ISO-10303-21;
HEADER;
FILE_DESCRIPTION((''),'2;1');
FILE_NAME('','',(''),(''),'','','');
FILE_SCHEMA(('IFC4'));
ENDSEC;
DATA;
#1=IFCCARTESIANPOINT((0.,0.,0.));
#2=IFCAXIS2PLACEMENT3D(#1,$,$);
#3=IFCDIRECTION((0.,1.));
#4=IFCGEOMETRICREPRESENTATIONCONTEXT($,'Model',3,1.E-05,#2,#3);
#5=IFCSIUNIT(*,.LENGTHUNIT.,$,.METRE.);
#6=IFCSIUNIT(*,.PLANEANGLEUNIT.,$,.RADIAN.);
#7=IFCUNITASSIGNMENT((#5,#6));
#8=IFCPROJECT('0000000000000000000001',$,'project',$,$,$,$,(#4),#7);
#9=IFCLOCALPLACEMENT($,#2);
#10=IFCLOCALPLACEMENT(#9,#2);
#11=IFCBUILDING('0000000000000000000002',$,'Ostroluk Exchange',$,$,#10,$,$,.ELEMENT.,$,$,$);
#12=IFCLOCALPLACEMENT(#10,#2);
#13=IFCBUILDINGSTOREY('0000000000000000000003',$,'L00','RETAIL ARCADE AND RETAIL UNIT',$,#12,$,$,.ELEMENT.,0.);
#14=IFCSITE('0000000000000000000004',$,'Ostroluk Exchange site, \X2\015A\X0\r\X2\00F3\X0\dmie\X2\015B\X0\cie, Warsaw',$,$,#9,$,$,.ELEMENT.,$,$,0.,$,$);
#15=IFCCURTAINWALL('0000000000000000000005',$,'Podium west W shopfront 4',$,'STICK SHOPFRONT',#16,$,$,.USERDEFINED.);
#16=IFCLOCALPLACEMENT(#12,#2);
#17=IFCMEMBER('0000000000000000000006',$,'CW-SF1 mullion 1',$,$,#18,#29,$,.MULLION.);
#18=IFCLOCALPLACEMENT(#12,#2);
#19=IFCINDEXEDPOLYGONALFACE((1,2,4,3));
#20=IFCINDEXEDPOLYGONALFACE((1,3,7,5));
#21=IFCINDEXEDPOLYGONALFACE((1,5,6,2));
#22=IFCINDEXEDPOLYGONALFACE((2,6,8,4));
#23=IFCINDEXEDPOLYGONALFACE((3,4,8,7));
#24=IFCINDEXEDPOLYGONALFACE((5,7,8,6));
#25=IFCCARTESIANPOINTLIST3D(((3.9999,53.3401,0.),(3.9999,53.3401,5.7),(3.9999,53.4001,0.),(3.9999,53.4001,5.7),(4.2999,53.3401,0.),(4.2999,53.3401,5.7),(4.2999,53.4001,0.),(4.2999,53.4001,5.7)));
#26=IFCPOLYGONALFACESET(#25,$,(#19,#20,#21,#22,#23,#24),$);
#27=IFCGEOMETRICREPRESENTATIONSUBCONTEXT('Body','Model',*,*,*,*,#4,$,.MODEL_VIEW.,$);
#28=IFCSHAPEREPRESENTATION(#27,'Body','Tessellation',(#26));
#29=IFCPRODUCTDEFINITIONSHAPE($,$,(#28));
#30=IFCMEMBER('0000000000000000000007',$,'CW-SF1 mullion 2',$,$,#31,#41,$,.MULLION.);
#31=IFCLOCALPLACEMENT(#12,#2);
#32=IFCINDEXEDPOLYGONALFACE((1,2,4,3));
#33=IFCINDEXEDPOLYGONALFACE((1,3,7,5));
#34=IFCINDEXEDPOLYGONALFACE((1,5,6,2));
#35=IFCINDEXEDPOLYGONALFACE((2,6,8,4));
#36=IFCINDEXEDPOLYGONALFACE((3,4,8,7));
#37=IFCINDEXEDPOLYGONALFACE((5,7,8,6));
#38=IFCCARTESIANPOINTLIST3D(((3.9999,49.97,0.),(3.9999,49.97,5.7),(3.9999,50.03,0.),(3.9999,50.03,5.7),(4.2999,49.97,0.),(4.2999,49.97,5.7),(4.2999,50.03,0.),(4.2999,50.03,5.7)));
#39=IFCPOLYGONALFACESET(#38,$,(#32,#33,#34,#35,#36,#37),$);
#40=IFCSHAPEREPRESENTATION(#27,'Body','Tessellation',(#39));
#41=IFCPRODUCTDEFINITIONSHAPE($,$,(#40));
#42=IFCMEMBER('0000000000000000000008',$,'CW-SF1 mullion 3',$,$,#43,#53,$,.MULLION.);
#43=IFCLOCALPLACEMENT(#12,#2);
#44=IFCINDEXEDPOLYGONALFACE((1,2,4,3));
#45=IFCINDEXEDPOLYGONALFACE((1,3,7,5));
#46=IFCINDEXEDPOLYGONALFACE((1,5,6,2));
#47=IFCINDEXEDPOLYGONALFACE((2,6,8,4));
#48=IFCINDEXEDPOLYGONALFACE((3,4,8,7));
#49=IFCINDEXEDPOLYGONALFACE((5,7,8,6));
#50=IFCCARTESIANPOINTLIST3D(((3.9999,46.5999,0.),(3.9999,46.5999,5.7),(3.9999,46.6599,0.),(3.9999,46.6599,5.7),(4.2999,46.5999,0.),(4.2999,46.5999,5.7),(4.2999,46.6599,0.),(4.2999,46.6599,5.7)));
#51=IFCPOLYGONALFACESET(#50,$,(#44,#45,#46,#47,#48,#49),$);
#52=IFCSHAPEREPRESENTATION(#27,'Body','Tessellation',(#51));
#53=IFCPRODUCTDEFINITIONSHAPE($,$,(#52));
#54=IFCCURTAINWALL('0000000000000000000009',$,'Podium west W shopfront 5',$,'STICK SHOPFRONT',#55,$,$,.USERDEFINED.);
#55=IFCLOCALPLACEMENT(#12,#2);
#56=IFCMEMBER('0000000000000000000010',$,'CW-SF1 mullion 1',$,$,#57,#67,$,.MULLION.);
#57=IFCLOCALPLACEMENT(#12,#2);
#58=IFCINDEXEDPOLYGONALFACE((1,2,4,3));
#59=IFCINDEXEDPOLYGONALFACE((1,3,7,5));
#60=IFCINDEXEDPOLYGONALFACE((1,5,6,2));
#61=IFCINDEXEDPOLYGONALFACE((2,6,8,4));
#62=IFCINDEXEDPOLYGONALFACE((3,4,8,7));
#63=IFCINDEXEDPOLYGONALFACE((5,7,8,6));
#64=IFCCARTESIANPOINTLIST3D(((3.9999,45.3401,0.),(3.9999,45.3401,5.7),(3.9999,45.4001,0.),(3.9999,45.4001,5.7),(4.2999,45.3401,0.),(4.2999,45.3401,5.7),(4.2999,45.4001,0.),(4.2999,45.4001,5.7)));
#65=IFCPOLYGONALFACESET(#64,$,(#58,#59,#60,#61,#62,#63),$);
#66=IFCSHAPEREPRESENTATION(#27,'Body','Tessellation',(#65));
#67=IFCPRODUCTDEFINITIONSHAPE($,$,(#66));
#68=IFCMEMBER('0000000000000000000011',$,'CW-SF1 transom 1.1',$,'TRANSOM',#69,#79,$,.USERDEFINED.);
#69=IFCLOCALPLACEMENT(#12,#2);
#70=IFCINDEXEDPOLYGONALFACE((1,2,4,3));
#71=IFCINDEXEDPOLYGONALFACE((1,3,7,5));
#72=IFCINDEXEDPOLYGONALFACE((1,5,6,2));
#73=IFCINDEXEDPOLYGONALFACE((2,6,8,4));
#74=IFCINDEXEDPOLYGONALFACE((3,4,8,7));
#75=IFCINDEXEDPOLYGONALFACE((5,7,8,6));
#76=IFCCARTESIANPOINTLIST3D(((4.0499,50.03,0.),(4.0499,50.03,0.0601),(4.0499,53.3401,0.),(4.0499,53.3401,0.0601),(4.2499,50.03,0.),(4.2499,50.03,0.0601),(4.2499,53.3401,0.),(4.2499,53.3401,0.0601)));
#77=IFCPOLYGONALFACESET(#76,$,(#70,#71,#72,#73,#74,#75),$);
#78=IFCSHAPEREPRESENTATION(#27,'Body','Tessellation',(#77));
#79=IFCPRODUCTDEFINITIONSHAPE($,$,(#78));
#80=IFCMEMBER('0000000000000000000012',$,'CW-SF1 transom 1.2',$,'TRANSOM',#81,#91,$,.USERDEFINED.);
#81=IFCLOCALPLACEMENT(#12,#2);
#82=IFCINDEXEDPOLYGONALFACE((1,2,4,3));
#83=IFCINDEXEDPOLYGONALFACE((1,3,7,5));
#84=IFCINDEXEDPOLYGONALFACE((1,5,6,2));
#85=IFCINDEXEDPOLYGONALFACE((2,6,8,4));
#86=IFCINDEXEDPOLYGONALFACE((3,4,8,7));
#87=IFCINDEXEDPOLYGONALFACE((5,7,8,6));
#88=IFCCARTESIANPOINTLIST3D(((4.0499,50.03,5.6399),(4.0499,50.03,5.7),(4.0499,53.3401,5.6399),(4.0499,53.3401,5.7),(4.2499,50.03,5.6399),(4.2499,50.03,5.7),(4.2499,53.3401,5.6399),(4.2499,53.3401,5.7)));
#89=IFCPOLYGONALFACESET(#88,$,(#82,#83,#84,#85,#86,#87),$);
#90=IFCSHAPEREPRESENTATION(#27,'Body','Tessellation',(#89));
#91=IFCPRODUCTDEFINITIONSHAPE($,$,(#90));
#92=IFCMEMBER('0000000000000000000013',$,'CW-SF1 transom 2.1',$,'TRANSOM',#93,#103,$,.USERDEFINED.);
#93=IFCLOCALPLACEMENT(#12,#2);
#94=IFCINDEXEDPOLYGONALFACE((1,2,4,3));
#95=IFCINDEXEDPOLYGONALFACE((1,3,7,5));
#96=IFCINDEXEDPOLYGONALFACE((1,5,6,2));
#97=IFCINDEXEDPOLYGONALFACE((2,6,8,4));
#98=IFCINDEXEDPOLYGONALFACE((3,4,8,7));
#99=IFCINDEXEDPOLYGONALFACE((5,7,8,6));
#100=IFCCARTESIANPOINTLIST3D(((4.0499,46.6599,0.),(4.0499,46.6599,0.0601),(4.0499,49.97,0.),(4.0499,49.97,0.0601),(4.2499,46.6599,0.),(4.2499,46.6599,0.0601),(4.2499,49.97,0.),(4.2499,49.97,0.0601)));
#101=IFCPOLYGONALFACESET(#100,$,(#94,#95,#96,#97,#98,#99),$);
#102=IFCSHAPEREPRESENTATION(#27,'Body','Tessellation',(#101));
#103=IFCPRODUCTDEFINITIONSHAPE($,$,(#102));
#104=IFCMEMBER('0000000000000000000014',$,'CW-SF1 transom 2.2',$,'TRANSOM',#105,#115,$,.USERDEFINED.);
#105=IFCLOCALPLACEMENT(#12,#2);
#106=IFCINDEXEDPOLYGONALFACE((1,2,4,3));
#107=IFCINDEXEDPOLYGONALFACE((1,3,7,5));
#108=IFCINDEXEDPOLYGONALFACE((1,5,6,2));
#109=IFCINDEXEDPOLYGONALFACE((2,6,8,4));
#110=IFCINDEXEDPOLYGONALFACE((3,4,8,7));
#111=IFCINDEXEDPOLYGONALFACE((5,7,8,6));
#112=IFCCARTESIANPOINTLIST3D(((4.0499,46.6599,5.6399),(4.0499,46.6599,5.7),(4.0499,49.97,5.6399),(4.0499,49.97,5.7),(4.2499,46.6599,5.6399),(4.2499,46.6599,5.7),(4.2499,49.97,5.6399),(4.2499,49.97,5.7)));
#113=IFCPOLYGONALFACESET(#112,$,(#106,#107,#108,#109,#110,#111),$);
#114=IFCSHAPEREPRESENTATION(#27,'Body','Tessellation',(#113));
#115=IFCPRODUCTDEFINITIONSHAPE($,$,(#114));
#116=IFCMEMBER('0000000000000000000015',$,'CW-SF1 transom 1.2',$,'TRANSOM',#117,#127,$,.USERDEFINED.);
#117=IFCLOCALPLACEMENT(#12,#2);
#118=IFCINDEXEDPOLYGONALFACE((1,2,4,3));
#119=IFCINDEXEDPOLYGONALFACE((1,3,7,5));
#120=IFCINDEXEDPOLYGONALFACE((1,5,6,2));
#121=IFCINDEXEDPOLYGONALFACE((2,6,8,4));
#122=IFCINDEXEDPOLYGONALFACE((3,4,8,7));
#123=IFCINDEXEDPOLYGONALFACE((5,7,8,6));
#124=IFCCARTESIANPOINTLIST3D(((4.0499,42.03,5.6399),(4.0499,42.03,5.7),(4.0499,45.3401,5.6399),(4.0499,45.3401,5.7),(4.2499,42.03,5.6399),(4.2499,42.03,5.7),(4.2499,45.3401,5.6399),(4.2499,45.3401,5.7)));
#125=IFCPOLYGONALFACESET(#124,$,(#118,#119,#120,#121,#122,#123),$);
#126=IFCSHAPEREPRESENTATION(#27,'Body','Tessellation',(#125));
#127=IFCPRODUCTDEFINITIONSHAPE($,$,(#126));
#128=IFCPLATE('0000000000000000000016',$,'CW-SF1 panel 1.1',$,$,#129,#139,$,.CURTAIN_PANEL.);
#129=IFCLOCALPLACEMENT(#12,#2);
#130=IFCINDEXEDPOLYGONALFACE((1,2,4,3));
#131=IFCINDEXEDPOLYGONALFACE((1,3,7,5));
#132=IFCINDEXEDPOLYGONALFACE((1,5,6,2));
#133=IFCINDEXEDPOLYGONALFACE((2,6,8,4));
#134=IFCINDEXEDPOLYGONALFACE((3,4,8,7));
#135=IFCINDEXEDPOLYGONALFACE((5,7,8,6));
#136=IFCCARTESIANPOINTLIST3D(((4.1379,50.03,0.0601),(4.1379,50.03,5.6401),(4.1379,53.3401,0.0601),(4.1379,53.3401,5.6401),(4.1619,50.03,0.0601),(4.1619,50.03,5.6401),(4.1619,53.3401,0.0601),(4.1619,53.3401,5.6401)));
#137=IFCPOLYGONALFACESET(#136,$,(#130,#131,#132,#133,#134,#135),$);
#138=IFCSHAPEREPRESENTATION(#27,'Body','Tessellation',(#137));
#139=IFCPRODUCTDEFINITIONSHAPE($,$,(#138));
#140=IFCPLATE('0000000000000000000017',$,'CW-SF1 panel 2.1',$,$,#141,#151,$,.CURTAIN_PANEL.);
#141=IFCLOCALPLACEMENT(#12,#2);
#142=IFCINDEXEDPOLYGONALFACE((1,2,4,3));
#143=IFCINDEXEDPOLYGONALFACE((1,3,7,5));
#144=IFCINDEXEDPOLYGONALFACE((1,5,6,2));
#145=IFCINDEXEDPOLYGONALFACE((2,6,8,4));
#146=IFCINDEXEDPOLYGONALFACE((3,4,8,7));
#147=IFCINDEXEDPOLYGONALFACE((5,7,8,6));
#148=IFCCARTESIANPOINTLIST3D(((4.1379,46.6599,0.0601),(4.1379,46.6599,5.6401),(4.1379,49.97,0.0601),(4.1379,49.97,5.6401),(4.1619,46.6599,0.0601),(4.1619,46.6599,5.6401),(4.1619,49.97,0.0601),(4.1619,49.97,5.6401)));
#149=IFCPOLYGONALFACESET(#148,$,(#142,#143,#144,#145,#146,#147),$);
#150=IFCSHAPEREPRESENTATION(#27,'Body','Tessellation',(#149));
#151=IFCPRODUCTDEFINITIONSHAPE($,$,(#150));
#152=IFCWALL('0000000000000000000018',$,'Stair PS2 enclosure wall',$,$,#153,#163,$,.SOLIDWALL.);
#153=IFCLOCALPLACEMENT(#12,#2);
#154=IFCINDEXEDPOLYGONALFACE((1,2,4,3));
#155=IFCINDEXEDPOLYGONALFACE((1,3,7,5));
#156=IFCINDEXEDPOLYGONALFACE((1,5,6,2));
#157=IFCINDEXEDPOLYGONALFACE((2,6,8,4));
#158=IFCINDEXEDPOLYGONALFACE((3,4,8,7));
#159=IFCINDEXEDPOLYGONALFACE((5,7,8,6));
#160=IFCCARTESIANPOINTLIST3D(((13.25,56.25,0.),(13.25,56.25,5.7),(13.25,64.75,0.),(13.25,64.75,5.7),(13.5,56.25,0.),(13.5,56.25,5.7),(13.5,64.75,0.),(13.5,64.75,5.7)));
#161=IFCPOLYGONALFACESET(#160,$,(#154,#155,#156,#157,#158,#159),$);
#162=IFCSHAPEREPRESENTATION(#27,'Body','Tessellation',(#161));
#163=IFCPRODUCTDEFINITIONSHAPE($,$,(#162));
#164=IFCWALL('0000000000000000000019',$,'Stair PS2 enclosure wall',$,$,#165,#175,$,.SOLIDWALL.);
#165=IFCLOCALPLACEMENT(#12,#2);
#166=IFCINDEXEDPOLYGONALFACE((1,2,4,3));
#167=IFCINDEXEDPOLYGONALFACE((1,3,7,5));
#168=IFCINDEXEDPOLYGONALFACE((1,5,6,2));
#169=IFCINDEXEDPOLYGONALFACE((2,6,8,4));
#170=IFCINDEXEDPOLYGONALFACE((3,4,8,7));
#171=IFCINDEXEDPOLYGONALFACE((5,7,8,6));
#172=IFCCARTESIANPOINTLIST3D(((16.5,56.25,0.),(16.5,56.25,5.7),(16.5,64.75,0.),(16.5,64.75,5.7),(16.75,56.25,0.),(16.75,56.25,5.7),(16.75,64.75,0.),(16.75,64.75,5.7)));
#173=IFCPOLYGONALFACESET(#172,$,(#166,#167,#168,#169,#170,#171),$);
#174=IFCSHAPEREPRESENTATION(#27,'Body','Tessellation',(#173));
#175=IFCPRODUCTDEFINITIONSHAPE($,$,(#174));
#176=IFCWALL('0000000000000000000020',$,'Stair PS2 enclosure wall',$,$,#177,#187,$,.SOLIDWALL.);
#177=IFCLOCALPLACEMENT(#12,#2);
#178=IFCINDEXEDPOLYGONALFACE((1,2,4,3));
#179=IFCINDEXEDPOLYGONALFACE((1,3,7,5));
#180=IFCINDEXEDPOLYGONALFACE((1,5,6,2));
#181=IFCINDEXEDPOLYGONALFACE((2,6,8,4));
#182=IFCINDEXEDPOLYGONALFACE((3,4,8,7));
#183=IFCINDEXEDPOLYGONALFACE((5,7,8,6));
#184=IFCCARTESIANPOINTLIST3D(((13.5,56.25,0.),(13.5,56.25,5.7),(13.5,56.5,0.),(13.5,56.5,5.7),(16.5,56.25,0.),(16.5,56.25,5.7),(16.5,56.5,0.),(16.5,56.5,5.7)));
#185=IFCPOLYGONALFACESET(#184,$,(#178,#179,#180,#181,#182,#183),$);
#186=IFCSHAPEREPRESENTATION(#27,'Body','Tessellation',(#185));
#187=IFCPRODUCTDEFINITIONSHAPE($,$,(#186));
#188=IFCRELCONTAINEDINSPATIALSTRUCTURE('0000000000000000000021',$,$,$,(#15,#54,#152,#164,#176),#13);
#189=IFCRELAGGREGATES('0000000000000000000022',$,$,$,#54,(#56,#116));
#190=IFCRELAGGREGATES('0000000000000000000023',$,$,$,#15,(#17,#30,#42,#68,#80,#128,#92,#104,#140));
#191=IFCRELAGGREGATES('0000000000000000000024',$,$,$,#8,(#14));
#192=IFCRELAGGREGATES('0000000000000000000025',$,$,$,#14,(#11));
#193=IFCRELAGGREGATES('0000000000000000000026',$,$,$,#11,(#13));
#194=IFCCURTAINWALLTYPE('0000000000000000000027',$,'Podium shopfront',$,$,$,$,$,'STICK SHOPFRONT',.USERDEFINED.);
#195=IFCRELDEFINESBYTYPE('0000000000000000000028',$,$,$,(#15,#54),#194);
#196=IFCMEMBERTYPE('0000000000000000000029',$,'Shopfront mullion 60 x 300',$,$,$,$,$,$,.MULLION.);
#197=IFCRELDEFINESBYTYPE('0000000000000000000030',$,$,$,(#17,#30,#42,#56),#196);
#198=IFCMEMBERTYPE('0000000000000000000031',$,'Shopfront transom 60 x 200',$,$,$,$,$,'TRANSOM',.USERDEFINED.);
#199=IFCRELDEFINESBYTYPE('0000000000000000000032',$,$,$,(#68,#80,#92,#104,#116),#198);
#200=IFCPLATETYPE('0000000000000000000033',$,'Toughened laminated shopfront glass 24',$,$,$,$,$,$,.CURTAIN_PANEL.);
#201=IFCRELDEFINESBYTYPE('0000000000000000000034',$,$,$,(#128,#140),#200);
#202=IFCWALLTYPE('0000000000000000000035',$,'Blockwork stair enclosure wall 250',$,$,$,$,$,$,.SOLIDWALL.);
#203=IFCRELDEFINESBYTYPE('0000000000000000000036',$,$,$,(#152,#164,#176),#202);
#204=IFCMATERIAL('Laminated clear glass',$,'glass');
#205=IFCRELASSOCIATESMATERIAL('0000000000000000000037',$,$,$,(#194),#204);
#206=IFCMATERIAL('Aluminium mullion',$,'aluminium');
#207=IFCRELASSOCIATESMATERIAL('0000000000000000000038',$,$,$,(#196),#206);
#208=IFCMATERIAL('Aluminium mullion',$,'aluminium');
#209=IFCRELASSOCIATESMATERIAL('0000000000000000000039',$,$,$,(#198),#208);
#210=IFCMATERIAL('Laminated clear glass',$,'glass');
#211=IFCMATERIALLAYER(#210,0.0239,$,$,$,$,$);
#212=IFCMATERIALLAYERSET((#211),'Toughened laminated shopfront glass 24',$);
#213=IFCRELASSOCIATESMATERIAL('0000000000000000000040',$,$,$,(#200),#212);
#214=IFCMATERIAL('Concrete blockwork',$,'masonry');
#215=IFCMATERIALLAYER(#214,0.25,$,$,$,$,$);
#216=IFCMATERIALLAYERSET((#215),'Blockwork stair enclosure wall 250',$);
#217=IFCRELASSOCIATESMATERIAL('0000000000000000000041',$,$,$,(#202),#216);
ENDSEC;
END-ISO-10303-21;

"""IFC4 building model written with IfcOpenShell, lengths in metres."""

from ifc_helpers import new_model, si_unit, direction, frame, frame_2d, origin, origin_2d, place, context, subcontext, project, spatial, rectangle, extrude, material, layer, layer_set, material_profile, profile_set, type_object, element, aggregate, save


model = new_model("IFC4")

# Units and contexts
model_context = context("Model", 3, precision=1e-05, world=origin(), true_north=direction((0.0, 1.0)))
body_context = subcontext(model_context, "Body", "Model", "MODEL_VIEW")
ifc_project = project(units=[si_unit("LENGTHUNIT", "METRE"), si_unit("PLANEANGLEUNIT", "RADIAN")], contexts=[model_context])

# Site, building, storey
site_placement = place(None, origin())
site = spatial("IfcSite", under=ifc_project, at=site_placement, Name="Ostroluk Exchange site, Śródmieście, Warsaw", CompositionType="ELEMENT", RefElevation=0.0)
building_placement = place(site_placement, origin())
building = spatial("IfcBuilding", under=site, at=building_placement, Name="Ostroluk Exchange", CompositionType="ELEMENT")
storey_placement = place(building_placement, origin())
storey = spatial("IfcBuildingStorey", under=building, at=storey_placement, Name="L00", Description="RETAIL ARCADE AND RETAIL UNIT", CompositionType="ELEMENT", Elevation=0.0)

# Curtain wall, members
ifc_material_1 = material(Name="Laminated clear glass", Category="glass")
curtain_wall_type = type_object("IfcCurtainWallType", Name="Podium shopfront", ElementType="STICK SHOPFRONT", PredefinedType="USERDEFINED", material=ifc_material_1)
curtain_wall_1_placement = place(storey_placement, origin())
curtain_wall_1 = element("IfcCurtainWall", 1, at=curtain_wall_1_placement, inside=storey, type_object=curtain_wall_type, Name="Podium west W shopfront 4", ObjectType="STICK SHOPFRONT", PredefinedType="USERDEFINED")
ifc_material_2 = material(Name="Aluminium mullion", Category="aluminium")
ifc_material_profile_1 = material_profile(ifc_material_2, rectangle(XDim=0.3, YDim=0.0601, at=origin_2d()), Name="Shopfront mullion 60 x 300")
ifc_profile_set_1 = profile_set([ifc_material_profile_1], Name="Aluminium mullion")
member_type_1 = type_object("IfcMemberType", Name="Shopfront mullion 60 x 300", PredefinedType="MULLION", material=ifc_profile_set_1)
member_1_placement = place(storey_placement, frame((4.1499, 53.3701, 0.0), z_axis=(0.0, 0.0, 1.0), x_axis=(1.0, 0.0, 0.0)))
member_1 = element("IfcMember", 2, at=member_1_placement, type_object=member_type_1, Name="CW-SF1 mullion 1", PredefinedType="MULLION", context=body_context, shape_type="SweptSolid", body=[
    extrude(rectangle(XDim=0.3, YDim=0.0601, at=origin_2d()), origin(), (0.0, 0.0, 1.0), 5.7),
])
member_2_placement = place(storey_placement, frame((4.1499, 50.0, 0.0), z_axis=(0.0, 0.0, 1.0), x_axis=(1.0, 0.0, 0.0)))
member_2 = element("IfcMember", 3, at=member_2_placement, type_object=member_type_1, Name="CW-SF1 mullion 2", PredefinedType="MULLION", context=body_context, shape_type="SweptSolid", body=[
    extrude(rectangle(XDim=0.3, YDim=0.0601, at=origin_2d()), origin(), (0.0, 0.0, 1.0), 5.7),
])
member_3_placement = place(storey_placement, frame((4.1499, 46.6299, 0.0), z_axis=(0.0, 0.0, 1.0), x_axis=(1.0, 0.0, 0.0)))
member_3 = element("IfcMember", 4, at=member_3_placement, type_object=member_type_1, Name="CW-SF1 mullion 3", PredefinedType="MULLION", context=body_context, shape_type="SweptSolid", body=[
    extrude(rectangle(XDim=0.3, YDim=0.0601, at=origin_2d()), origin(), (0.0, 0.0, 1.0), 5.7),
])

# Curtain wall, member
curtain_wall_2_placement = place(storey_placement, origin())
curtain_wall_2 = element("IfcCurtainWall", 5, at=curtain_wall_2_placement, inside=storey, type_object=curtain_wall_type, Name="Podium west W shopfront 5", ObjectType="STICK SHOPFRONT", PredefinedType="USERDEFINED")
member_4_placement = place(storey_placement, frame((4.1499, 45.3701, 0.0), z_axis=(0.0, 0.0, 1.0), x_axis=(1.0, 0.0, 0.0)))
member_4 = element("IfcMember", 6, at=member_4_placement, type_object=member_type_1, Name="CW-SF1 mullion 1", PredefinedType="MULLION", context=body_context, shape_type="SweptSolid", body=[
    extrude(rectangle(XDim=0.3, YDim=0.0601, at=origin_2d()), origin(), (0.0, 0.0, 1.0), 5.7),
])

# Members
ifc_material_3 = material(Name="Aluminium mullion", Category="aluminium")
ifc_material_profile_2 = material_profile(ifc_material_3, rectangle(XDim=0.2, YDim=0.0601, at=origin_2d()), Name="Shopfront transom 60 x 200")
ifc_profile_set_2 = profile_set([ifc_material_profile_2], Name="Aluminium mullion")
member_type_2 = type_object("IfcMemberType", Name="Shopfront transom 60 x 200", ElementType="TRANSOM", PredefinedType="USERDEFINED", material=ifc_profile_set_2)
member_5_placement = place(storey_placement, frame((4.1499, 53.3401, 0.03), z_axis=(0.0, -1.0, 0.0), x_axis=(1.0, 0.0, 0.0)))
member_5 = element("IfcMember", 7, at=member_5_placement, type_object=member_type_2, Name="CW-SF1 transom 1.1", ObjectType="TRANSOM", PredefinedType="USERDEFINED", context=body_context, shape_type="SweptSolid", body=[
    extrude(rectangle(XDim=0.2, YDim=0.0601, at=origin_2d()), origin(), (0.0, 0.0, 1.0), 3.3101),
])
member_6_placement = place(storey_placement, frame((4.1499, 53.3401, 5.6699), z_axis=(0.0, -1.0, 0.0), x_axis=(1.0, 0.0, 0.0)))
member_6 = element("IfcMember", 8, at=member_6_placement, type_object=member_type_2, Name="CW-SF1 transom 1.2", ObjectType="TRANSOM", PredefinedType="USERDEFINED", context=body_context, shape_type="SweptSolid", body=[
    extrude(rectangle(XDim=0.2, YDim=0.0601, at=origin_2d()), origin(), (0.0, 0.0, 1.0), 3.3101),
])
member_7_placement = place(storey_placement, frame((4.1499, 49.97, 0.03), z_axis=(0.0, -1.0, 0.0), x_axis=(1.0, 0.0, 0.0)))
member_7 = element("IfcMember", 9, at=member_7_placement, type_object=member_type_2, Name="CW-SF1 transom 2.1", ObjectType="TRANSOM", PredefinedType="USERDEFINED", context=body_context, shape_type="SweptSolid", body=[
    extrude(rectangle(XDim=0.2, YDim=0.0601, at=origin_2d()), origin(), (0.0, 0.0, 1.0), 3.3101),
])
member_8_placement = place(storey_placement, frame((4.1499, 49.97, 5.6699), z_axis=(0.0, -1.0, 0.0), x_axis=(1.0, 0.0, 0.0)))
member_8 = element("IfcMember", 10, at=member_8_placement, type_object=member_type_2, Name="CW-SF1 transom 2.2", ObjectType="TRANSOM", PredefinedType="USERDEFINED", context=body_context, shape_type="SweptSolid", body=[
    extrude(rectangle(XDim=0.2, YDim=0.0601, at=origin_2d()), origin(), (0.0, 0.0, 1.0), 3.3101),
])
member_9_placement = place(storey_placement, frame((4.1499, 45.3401, 5.6699), z_axis=(0.0, -1.0, 0.0), x_axis=(1.0, 0.0, 0.0)))
member_9 = element("IfcMember", 11, at=member_9_placement, type_object=member_type_2, Name="CW-SF1 transom 1.2", ObjectType="TRANSOM", PredefinedType="USERDEFINED", context=body_context, shape_type="SweptSolid", body=[
    extrude(rectangle(XDim=0.2, YDim=0.0601, at=origin_2d()), origin(), (0.0, 0.0, 1.0), 3.3101),
])
aggregate(curtain_wall_2, [member_4, member_9])

# Plates
ifc_material_4 = material(Name="Laminated clear glass", Category="glass")
ifc_layer_1 = layer(ifc_material_4, 0.0239)
ifc_layer_set_1 = layer_set([ifc_layer_1], Name="Toughened laminated shopfront glass 24")
plate_type = type_object("IfcPlateType", Name="Toughened laminated shopfront glass 24", PredefinedType="CURTAIN_PANEL", material=ifc_layer_set_1)
plate_1_placement = place(storey_placement, frame((4.1499, 51.6851, 0.0601), z_axis=(0.0, 0.0, 1.0), x_axis=(0.0, -1.0, 0.0)))
plate_1 = element("IfcPlate", 12, at=plate_1_placement, type_object=plate_type, Name="CW-SF1 panel 1.1", PredefinedType="CURTAIN_PANEL", context=body_context, shape_type="SweptSolid", body=[
    extrude(rectangle(XDim=3.3101, YDim=0.0239, at=origin_2d()), origin(), (0.0, 0.0, 1.0), 5.5801),
])
plate_2_placement = place(storey_placement, frame((4.1499, 48.3149, 0.0601), z_axis=(0.0, 0.0, 1.0), x_axis=(0.0, -1.0, 0.0)))
plate_2 = element("IfcPlate", 13, at=plate_2_placement, type_object=plate_type, Name="CW-SF1 panel 2.1", PredefinedType="CURTAIN_PANEL", context=body_context, shape_type="SweptSolid", body=[
    extrude(rectangle(XDim=3.3101, YDim=0.0239, at=origin_2d()), origin(), (0.0, 0.0, 1.0), 5.5801),
])
aggregate(curtain_wall_1, [member_1, member_2, member_3, member_5, member_6, plate_1, member_7, member_8, plate_2])

# Walls
ifc_material_5 = material(Name="Concrete blockwork", Category="masonry")
ifc_layer_2 = layer(ifc_material_5, 0.25)
ifc_layer_set_2 = layer_set([ifc_layer_2], Name="Blockwork stair enclosure wall 250")
wall_type_1 = type_object("IfcWallType", Name="Blockwork stair enclosure wall 250", PredefinedType="SOLIDWALL", material=ifc_layer_set_2)
for number, where, z_axis, x_axis, name in (
    (14, (13.375, 56.25, 0.0), (0.0, 0.0, 1.0), (0.0, 1.0, 0.0), "Stair PS2 enclosure wall"),
    (15, (16.625, 56.25, 0.0), (0.0, 0.0, 1.0), (0.0, 1.0, 0.0), "Stair PS2 enclosure wall"),
):
    element("IfcWall", number, at=place(storey_placement, frame(where, z_axis=z_axis, x_axis=x_axis)), inside=storey, type_object=wall_type_1, Name=name, PredefinedType="SOLIDWALL", context=body_context, shape_type="SweptSolid", body=[
        extrude(rectangle(XDim=8.5, YDim=0.25, at=frame_2d((4.25, 0.0))), origin(), (0.0, 0.0, 1.0), 5.7),
    ])
wall_1_placement = place(storey_placement, frame((13.5, 56.375, 0.0), z_axis=(0.0, 0.0, 1.0), x_axis=(1.0, 0.0, 0.0)))
element("IfcWall", 16, at=wall_1_placement, inside=storey, type_object=wall_type_1, Name="Stair PS2 enclosure wall", PredefinedType="SOLIDWALL", context=body_context, shape_type="SweptSolid", body=[
    extrude(rectangle(XDim=3.0, YDim=0.25, at=frame_2d((1.5, 0.0))), origin(), (0.0, 0.0, 1.0), 5.7),
])

save(model, "model.ifc")
